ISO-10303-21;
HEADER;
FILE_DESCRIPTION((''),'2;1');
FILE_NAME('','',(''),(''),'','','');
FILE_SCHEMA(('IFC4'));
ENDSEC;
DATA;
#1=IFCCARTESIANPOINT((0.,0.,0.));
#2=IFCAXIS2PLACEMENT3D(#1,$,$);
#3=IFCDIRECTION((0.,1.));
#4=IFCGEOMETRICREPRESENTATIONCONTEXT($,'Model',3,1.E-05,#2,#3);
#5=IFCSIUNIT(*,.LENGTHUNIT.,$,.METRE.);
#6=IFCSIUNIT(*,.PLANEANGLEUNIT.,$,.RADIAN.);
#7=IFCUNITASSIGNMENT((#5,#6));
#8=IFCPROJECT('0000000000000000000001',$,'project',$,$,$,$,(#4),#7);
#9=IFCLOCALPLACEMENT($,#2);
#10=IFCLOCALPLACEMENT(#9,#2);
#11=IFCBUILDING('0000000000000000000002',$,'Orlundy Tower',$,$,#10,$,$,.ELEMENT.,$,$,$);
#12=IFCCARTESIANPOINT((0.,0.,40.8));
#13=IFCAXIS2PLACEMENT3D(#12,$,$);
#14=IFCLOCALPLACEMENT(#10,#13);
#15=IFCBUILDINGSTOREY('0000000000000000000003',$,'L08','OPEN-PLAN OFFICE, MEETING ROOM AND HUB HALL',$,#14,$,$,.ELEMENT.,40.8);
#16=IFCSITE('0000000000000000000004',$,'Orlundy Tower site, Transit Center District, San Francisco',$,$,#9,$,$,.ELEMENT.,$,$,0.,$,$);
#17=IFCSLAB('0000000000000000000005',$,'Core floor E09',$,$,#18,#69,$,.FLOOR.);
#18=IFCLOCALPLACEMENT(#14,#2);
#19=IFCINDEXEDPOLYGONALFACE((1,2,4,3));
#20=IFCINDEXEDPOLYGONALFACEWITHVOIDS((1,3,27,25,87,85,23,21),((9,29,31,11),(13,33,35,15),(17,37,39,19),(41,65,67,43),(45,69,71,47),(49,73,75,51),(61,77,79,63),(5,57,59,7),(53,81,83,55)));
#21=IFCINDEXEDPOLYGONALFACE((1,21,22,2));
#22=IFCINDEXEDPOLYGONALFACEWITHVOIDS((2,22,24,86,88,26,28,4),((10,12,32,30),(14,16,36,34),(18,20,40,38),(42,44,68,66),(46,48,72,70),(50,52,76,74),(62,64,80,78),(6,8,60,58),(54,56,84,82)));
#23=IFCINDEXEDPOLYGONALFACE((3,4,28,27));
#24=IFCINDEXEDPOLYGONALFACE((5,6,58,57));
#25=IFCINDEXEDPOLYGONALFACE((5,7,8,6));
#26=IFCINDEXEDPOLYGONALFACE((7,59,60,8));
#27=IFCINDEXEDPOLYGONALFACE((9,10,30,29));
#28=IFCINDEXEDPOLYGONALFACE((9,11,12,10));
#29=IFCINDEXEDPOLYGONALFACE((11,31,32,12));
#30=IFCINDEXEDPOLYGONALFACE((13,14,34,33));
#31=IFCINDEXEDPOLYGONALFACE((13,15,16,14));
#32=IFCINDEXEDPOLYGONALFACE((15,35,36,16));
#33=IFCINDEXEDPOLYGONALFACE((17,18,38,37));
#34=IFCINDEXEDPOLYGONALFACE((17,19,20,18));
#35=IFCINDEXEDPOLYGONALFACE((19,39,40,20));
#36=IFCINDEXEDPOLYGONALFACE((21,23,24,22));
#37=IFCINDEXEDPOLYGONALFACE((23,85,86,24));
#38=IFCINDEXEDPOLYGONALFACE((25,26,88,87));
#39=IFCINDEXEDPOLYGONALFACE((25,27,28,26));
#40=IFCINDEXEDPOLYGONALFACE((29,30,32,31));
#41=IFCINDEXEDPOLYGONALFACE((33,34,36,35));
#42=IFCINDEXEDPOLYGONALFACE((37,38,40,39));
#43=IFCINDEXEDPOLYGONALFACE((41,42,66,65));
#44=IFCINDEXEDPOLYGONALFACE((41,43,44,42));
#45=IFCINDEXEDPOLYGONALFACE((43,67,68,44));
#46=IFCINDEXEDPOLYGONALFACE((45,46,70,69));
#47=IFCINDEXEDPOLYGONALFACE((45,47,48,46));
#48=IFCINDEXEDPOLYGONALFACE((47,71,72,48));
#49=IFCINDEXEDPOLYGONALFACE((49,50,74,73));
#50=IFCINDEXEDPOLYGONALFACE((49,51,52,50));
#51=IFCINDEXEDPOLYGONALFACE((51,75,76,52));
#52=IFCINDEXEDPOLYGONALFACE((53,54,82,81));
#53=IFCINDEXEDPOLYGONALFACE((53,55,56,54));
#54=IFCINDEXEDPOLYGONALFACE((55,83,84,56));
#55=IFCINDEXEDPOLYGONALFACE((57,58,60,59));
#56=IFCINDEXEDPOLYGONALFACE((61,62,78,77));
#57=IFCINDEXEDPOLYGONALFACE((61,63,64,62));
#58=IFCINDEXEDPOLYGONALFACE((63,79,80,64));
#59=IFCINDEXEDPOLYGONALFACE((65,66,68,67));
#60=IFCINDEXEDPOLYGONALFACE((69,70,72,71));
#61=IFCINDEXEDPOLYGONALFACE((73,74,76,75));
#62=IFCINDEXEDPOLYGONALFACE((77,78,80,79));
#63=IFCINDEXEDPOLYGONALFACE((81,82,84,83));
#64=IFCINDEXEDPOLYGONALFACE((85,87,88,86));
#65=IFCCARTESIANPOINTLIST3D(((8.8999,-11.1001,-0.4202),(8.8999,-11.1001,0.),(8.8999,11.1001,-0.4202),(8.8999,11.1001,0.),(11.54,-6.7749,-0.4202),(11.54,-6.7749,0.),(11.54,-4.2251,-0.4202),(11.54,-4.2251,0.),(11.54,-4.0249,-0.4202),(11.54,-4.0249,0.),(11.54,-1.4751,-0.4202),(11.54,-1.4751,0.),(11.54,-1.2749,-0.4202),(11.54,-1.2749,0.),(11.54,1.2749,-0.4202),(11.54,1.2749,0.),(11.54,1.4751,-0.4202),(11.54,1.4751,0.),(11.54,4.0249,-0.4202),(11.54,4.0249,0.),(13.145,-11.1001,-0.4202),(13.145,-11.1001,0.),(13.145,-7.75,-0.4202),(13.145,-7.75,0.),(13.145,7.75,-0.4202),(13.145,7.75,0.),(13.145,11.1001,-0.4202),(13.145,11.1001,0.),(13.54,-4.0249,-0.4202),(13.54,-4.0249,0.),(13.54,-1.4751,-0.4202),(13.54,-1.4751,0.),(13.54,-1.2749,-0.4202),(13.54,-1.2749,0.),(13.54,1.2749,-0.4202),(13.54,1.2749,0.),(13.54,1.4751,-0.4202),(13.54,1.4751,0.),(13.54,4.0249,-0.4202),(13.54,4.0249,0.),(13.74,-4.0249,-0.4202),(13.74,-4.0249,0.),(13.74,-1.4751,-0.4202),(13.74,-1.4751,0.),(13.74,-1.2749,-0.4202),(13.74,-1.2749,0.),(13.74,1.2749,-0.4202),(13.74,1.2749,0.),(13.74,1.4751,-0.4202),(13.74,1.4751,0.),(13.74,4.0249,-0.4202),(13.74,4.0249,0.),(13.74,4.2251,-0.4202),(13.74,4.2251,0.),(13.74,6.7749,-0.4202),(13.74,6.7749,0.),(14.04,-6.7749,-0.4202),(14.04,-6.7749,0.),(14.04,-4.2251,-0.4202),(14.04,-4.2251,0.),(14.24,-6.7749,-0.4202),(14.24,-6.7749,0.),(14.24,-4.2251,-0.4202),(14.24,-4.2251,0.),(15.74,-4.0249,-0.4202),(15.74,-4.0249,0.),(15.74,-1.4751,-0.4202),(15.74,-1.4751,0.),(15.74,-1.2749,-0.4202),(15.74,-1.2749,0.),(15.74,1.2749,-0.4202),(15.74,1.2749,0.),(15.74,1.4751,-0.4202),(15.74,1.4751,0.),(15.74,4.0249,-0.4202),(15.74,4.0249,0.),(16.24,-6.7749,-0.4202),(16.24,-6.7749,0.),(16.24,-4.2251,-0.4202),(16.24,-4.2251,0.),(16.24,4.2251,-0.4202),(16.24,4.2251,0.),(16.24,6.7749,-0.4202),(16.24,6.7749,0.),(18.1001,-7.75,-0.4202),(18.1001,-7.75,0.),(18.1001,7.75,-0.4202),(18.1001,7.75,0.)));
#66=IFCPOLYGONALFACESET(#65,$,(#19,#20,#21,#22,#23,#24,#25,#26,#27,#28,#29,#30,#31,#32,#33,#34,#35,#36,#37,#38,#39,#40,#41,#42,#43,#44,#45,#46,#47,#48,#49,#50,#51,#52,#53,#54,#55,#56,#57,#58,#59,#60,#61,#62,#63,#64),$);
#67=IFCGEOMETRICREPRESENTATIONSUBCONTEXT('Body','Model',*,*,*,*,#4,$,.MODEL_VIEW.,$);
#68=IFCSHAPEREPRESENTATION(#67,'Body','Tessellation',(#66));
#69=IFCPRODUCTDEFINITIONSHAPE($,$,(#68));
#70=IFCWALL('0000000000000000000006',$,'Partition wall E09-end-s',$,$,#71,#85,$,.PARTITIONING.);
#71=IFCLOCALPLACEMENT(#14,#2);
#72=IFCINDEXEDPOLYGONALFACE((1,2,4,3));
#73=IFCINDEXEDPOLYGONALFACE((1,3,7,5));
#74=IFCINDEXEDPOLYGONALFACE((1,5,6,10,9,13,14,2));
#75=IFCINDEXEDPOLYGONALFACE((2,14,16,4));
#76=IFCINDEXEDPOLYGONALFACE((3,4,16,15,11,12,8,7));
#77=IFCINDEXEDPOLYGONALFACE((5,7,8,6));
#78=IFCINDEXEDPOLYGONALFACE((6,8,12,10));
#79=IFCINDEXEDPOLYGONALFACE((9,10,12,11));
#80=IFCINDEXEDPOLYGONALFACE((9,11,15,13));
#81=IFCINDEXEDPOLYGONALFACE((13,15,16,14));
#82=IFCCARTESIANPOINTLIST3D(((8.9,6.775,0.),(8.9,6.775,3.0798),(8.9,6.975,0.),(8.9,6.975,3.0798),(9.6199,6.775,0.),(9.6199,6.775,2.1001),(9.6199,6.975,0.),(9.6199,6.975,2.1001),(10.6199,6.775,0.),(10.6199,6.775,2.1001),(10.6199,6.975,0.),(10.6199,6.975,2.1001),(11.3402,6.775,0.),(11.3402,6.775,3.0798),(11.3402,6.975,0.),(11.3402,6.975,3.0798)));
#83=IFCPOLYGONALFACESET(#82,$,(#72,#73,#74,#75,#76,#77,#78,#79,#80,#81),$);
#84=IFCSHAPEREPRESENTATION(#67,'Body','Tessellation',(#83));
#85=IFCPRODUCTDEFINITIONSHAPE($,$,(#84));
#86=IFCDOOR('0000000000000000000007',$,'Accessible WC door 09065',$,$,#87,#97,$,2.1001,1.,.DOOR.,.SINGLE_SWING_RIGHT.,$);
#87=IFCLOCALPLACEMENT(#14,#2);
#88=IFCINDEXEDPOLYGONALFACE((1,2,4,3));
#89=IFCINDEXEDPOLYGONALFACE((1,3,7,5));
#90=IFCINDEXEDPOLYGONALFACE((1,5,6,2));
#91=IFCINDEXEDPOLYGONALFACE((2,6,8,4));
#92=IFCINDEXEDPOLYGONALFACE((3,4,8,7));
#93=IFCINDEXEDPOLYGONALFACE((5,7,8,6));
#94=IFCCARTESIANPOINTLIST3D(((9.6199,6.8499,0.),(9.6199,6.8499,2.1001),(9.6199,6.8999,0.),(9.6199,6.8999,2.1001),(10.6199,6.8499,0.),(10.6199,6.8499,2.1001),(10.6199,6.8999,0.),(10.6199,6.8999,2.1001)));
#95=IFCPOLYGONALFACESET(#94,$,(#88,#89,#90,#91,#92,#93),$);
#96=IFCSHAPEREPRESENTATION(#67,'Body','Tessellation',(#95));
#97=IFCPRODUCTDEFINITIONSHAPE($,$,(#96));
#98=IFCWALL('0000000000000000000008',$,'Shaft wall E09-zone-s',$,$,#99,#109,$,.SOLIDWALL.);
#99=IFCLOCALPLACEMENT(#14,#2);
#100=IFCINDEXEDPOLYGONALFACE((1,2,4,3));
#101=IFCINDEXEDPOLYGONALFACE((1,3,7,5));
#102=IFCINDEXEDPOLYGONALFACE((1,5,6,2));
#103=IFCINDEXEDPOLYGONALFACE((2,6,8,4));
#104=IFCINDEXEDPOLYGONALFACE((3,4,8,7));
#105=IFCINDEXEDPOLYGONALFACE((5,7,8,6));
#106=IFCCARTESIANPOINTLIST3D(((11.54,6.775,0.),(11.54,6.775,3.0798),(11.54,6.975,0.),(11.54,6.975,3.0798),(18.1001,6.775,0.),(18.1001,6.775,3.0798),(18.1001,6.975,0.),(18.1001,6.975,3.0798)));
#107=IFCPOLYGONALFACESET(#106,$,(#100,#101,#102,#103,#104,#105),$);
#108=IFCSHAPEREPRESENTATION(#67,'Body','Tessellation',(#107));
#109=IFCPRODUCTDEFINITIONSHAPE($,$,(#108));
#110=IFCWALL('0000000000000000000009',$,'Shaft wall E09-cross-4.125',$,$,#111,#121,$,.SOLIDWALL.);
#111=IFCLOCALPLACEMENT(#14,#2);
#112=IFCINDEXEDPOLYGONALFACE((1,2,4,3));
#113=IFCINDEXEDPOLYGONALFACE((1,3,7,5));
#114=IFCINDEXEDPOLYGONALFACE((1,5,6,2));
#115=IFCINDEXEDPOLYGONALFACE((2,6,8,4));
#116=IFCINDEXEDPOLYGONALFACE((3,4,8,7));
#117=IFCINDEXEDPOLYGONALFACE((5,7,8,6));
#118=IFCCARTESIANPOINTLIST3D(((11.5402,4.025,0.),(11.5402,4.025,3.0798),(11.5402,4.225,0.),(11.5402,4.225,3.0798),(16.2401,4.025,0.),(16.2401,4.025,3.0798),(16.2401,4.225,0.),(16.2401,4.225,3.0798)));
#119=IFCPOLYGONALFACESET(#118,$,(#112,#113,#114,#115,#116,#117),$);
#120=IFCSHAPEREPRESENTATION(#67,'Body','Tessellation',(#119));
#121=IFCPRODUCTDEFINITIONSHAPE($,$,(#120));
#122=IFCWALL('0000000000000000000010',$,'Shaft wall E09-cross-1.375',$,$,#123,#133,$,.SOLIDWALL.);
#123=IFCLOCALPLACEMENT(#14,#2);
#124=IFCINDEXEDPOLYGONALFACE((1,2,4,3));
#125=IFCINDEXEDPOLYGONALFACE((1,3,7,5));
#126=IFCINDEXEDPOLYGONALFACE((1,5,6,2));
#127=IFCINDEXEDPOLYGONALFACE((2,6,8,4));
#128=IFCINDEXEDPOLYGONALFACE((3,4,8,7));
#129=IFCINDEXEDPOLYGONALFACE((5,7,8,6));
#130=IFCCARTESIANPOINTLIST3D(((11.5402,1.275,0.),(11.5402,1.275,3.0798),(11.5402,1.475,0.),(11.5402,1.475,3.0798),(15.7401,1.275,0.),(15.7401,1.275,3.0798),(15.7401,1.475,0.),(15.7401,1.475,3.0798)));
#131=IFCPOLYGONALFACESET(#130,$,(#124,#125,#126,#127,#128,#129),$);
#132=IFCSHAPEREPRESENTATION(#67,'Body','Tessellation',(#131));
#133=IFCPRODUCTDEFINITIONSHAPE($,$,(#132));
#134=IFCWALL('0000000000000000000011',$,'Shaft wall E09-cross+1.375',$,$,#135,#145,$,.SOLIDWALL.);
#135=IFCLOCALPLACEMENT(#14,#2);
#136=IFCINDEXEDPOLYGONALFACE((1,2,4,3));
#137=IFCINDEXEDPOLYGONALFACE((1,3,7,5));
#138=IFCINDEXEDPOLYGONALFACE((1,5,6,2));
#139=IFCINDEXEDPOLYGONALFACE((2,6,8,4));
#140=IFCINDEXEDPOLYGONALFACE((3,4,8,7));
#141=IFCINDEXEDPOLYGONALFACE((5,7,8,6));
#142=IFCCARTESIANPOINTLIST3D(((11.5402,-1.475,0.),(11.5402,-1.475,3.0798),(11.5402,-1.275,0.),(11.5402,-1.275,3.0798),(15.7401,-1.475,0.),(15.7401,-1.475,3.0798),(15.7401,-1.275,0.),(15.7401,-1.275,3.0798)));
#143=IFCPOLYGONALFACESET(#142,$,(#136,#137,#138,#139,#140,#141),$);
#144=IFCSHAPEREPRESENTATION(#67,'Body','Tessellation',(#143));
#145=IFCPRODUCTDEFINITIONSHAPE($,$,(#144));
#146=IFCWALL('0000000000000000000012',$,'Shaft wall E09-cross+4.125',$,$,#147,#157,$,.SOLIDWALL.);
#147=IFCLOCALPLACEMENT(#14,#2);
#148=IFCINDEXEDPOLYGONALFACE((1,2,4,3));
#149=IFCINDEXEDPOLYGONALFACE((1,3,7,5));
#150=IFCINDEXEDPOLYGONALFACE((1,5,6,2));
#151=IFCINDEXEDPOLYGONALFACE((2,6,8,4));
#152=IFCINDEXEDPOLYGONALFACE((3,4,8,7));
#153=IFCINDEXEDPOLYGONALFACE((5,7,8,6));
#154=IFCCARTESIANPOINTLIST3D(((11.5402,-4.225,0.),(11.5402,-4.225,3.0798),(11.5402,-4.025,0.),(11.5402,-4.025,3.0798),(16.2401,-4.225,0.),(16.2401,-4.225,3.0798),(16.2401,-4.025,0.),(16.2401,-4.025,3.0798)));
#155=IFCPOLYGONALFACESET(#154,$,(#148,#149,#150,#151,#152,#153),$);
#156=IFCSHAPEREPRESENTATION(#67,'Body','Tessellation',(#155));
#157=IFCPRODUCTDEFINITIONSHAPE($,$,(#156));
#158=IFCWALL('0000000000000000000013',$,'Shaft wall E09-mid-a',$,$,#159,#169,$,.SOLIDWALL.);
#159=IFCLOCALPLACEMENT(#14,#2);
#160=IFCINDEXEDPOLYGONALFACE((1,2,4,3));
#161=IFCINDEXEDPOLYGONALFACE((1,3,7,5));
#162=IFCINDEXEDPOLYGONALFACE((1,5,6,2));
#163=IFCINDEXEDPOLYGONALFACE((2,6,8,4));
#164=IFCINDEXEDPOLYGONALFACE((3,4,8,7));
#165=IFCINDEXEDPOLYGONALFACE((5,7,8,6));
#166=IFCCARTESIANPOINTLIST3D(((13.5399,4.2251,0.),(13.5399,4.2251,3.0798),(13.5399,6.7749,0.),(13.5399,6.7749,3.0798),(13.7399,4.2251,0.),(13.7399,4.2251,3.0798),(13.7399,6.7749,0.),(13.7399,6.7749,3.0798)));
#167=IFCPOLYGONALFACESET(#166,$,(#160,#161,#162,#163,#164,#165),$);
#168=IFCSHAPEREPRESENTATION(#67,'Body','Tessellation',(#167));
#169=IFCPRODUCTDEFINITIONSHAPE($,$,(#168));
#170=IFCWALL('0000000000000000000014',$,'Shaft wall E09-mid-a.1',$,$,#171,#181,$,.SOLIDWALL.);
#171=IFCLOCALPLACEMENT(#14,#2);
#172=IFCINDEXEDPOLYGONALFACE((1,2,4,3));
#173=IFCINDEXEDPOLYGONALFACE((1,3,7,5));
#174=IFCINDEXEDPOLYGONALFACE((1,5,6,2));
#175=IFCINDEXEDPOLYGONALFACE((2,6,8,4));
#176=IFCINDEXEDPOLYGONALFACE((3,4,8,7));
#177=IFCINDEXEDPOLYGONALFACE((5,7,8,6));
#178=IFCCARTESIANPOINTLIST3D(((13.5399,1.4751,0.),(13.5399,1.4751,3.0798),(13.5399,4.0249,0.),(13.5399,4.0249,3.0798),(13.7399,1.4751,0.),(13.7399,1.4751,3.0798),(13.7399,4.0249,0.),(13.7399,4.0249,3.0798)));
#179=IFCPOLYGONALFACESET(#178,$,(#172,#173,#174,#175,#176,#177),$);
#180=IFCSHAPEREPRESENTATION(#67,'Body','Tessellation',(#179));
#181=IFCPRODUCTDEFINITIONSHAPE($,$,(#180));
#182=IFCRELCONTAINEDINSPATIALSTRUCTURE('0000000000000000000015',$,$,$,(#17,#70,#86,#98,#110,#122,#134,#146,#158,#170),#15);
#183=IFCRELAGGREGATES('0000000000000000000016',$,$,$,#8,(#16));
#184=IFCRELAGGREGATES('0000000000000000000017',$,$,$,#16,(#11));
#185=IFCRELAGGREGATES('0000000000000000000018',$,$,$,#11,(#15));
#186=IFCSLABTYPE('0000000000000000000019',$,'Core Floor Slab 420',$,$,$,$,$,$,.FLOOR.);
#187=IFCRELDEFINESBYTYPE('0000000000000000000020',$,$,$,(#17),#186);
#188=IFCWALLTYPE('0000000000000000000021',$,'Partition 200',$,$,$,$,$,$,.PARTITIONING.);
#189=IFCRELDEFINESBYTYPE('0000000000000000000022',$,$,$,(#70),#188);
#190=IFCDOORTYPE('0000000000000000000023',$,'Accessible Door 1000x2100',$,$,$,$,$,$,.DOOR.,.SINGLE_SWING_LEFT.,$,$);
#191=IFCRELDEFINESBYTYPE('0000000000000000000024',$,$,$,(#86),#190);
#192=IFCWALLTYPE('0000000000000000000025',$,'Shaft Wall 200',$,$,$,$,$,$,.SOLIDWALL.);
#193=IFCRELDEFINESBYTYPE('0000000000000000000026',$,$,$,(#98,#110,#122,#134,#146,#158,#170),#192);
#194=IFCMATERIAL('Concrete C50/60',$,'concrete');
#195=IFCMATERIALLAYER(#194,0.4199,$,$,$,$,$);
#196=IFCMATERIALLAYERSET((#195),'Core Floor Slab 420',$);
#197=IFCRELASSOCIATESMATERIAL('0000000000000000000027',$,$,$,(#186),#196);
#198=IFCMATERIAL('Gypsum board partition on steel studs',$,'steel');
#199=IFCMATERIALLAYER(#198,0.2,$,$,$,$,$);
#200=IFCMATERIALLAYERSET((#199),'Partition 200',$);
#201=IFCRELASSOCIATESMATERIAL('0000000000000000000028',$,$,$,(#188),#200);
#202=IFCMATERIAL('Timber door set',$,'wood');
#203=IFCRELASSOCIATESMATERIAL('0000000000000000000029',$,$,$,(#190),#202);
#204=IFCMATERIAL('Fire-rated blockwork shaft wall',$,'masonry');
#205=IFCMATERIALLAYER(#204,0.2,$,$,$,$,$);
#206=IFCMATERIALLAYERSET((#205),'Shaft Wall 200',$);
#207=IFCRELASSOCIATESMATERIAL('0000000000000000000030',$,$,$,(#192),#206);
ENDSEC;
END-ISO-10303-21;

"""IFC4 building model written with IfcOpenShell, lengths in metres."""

from ifc_helpers import new_model, si_unit, direction, frame, frame_2d, origin, place, context, subcontext, project, spatial, polyline, rectangle, outline, extrude, material, layer, layer_set, type_object, element, fill, save


model = new_model("IFC4")

# Units and contexts
model_context = context("Model", 3, precision=1e-05, world=origin(), true_north=direction((0.0, 1.0)))
body_context = subcontext(model_context, "Body", "Model", "MODEL_VIEW")
ifc_project = project(units=[si_unit("LENGTHUNIT", "METRE"), si_unit("PLANEANGLEUNIT", "RADIAN")], contexts=[model_context])

# Site, building, storey
site_placement = place(None, origin())
site = spatial("IfcSite", under=ifc_project, at=site_placement, Name="Orlundy Tower site, Transit Center District, San Francisco", CompositionType="ELEMENT", RefElevation=0.0)
building_placement = place(site_placement, origin())
building = spatial("IfcBuilding", under=site, at=building_placement, Name="Orlundy Tower", CompositionType="ELEMENT")
storey_placement = place(building_placement, frame((0.0, 0.0, 40.8)))
storey = spatial("IfcBuildingStorey", under=building, at=storey_placement, Name="L08", Description="OPEN-PLAN OFFICE, MEETING ROOM AND HUB HALL", CompositionType="ELEMENT", Elevation=40.8)

# Slab
ifc_material_1 = material(Name="Concrete C50/60", Category="concrete")
ifc_layer_1 = layer(ifc_material_1, 0.4199)
ifc_layer_set_1 = layer_set([ifc_layer_1], Name="Core Floor Slab 420")
slab_type = type_object("IfcSlabType", Name="Core Floor Slab 420", PredefinedType="FLOOR", material=ifc_layer_set_1)
slab_placement = place(storey_placement, frame((0.0, 0.0, -0.4202)))
element("IfcSlab", 1, at=slab_placement, inside=storey, type_object=slab_type, Name="Core floor E09", PredefinedType="FLOOR", context=body_context, shape_type="SweptSolid", body=[
    extrude(outline(polyline([(13.145, -7.75), (13.145, -11.1001), (8.8999, -11.1001), (8.8999, 11.1001), (13.145, 11.1001), (13.145, 7.75), (18.1001, 7.75), (18.1001, -7.75), (13.145, -7.75)]), holes=[polyline([(16.24, 6.7749), (13.74, 6.7749), (13.74, 4.2251), (16.24, 4.2251), (16.24, 6.7749)]), polyline([(13.54, 1.4751), (13.54, 4.0249), (11.54, 4.0249), (11.54, 1.4751), (13.54, 1.4751)]), polyline([(13.74, 1.4751), (15.74, 1.4751), (15.74, 4.0249), (13.74, 4.0249), (13.74, 1.4751)]), polyline([(11.54, 1.2749), (11.54, -1.2749), (13.54, -1.2749), (13.54, 1.2749), (11.54, 1.2749)]), polyline([(15.74, 1.2749), (13.74, 1.2749), (13.74, -1.2749), (15.74, -1.2749), (15.74, 1.2749)]), polyline([(13.54, -4.0249), (13.54, -1.4751), (11.54, -1.4751), (11.54, -4.0249), (13.54, -4.0249)]), polyline([(13.74, -4.0249), (15.74, -4.0249), (15.74, -1.4751), (13.74, -1.4751), (13.74, -4.0249)]), polyline([(11.54, -4.2251), (11.54, -6.7749), (14.04, -6.7749), (14.04, -4.2251), (11.54, -4.2251)]), polyline([(16.24, -4.2251), (14.24, -4.2251), (14.24, -6.7749), (16.24, -6.7749), (16.24, -4.2251)])]), origin(), (0.0, 0.0, 1.0), 0.4202),
])

# Wall, opening, door
ifc_material_2 = material(Name="Gypsum board partition on steel studs", Category="steel")
ifc_layer_2 = layer(ifc_material_2, 0.2)
ifc_layer_set_2 = layer_set([ifc_layer_2], Name="Partition 200")
wall_type_1 = type_object("IfcWallType", Name="Partition 200", PredefinedType="PARTITIONING", material=ifc_layer_set_2)
wall_1_placement = place(storey_placement, frame((8.8999, 6.875, 0.0), z_axis=(0.0, 0.0, 1.0), x_axis=(1.0, 0.0, 0.0)))
wall_1 = element("IfcWall", 2, at=wall_1_placement, inside=storey, type_object=wall_type_1, Name="Partition wall E09-end-s", PredefinedType="PARTITIONING", context=body_context, shape_type="SweptSolid", body=[
    extrude(rectangle(XDim=2.4402, YDim=0.2, at=frame_2d((1.2202, 0.0))), origin(), (0.0, 0.0, 1.0), 3.0798),
])
opening_1_placement = place(wall_1_placement, frame((0.72, 0.0, 0.0)))
opening_1 = element("IfcOpeningElement", 3, at=opening_1_placement, cuts=wall_1, PredefinedType="OPENING", context=body_context, shape_type="SweptSolid", body=[
    extrude(rectangle(XDim=1.0, YDim=2.1001, at=frame_2d((0.5, 1.05))), frame((0.0, 0.1101, 0.0), z_axis=(0.0, -1.0, 0.0), x_axis=(1.0, 0.0, 0.0)), (0.0, 0.0, 1.0), 0.2202),
])
ifc_material_3 = material(Name="Timber door set", Category="wood")
door_type_1 = type_object("IfcDoorType", Name="Accessible Door 1000x2100", OperationType="SINGLE_SWING_LEFT", PredefinedType="DOOR", material=ifc_material_3)
door_1_placement = place(opening_1_placement, origin())
door_1 = element("IfcDoor", 4, at=door_1_placement, inside=storey, type_object=door_type_1, Name="Accessible WC door 09065", OperationType="SINGLE_SWING_RIGHT", OverallHeight=2.1001, OverallWidth=1.0, PredefinedType="DOOR", context=body_context, shape_type="SweptSolid", body=[
    extrude(rectangle(XDim=1.0, YDim=2.1001, at=frame_2d((0.5, 1.05))), frame((0.0, 0.0249, 0.0), z_axis=(0.0, -1.0, 0.0), x_axis=(1.0, 0.0, 0.0)), (0.0, 0.0, 1.0), 0.05),
])
fill(opening_1, door_1)

# Walls
ifc_material_4 = material(Name="Fire-rated blockwork shaft wall", Category="masonry")
ifc_layer_3 = layer(ifc_material_4, 0.2)
ifc_layer_set_3 = layer_set([ifc_layer_3], Name="Shaft Wall 200")
wall_type_2 = type_object("IfcWallType", Name="Shaft Wall 200", PredefinedType="SOLIDWALL", material=ifc_layer_set_3)
wall_2_placement = place(storey_placement, frame((11.54, 6.875, 0.0), z_axis=(0.0, 0.0, 1.0), x_axis=(1.0, 0.0, 0.0)))
element("IfcWall", 5, at=wall_2_placement, inside=storey, type_object=wall_type_2, Name="Shaft wall E09-zone-s", PredefinedType="SOLIDWALL", context=body_context, shape_type="SweptSolid", body=[
    extrude(rectangle(XDim=6.5601, YDim=0.2, at=frame_2d((3.28, 0.0))), origin(), (0.0, 0.0, 1.0), 3.0798),
])
wall_3_placement = place(storey_placement, frame((11.54, 4.125, 0.0), z_axis=(0.0, 0.0, 1.0), x_axis=(1.0, 0.0, 0.0)))
element("IfcWall", 6, at=wall_3_placement, inside=storey, type_object=wall_type_2, Name="Shaft wall E09-cross-4.125", PredefinedType="SOLIDWALL", context=body_context, shape_type="SweptSolid", body=[
    extrude(rectangle(XDim=4.7, YDim=0.2, at=frame_2d((2.3501, 0.0))), origin(), (0.0, 0.0, 1.0), 3.0798),
])
for number, where, z_axis, x_axis, name in (
    (7, (11.54, 1.375, 0.0), (0.0, 0.0, 1.0), (1.0, 0.0, 0.0), "Shaft wall E09-cross-1.375"),
    (8, (11.54, -1.375, 0.0), (0.0, 0.0, 1.0), (1.0, 0.0, 0.0), "Shaft wall E09-cross+1.375"),
):
    element("IfcWall", number, at=place(storey_placement, frame(where, z_axis=z_axis, x_axis=x_axis)), inside=storey, type_object=wall_type_2, Name=name, PredefinedType="SOLIDWALL", context=body_context, shape_type="SweptSolid", body=[
        extrude(rectangle(XDim=4.2, YDim=0.2, at=frame_2d((2.1001, 0.0))), origin(), (0.0, 0.0, 1.0), 3.0798),
    ])
wall_4_placement = place(storey_placement, frame((11.54, -4.125, 0.0), z_axis=(0.0, 0.0, 1.0), x_axis=(1.0, 0.0, 0.0)))
element("IfcWall", 9, at=wall_4_placement, inside=storey, type_object=wall_type_2, Name="Shaft wall E09-cross+4.125", PredefinedType="SOLIDWALL", context=body_context, shape_type="SweptSolid", body=[
    extrude(rectangle(XDim=4.7, YDim=0.2, at=frame_2d((2.3501, 0.0))), origin(), (0.0, 0.0, 1.0), 3.0798),
])
for number, where, z_axis, x_axis, name in (
    (10, (13.6399, 6.7749, 0.0), (0.0, 0.0, 1.0), (0.0, -1.0, 0.0), "Shaft wall E09-mid-a"),
    (11, (13.6399, 4.0249, 0.0), (0.0, 0.0, 1.0), (0.0, -1.0, 0.0), "Shaft wall E09-mid-a.1"),
):
    element("IfcWall", number, at=place(storey_placement, frame(where, z_axis=z_axis, x_axis=x_axis)), inside=storey, type_object=wall_type_2, Name=name, PredefinedType="SOLIDWALL", context=body_context, shape_type="SweptSolid", body=[
        extrude(rectangle(XDim=2.5498, YDim=0.2, at=frame_2d((1.2749, 0.0))), origin(), (0.0, 0.0, 1.0), 3.0798),
    ])

save(model, "model.ifc")
